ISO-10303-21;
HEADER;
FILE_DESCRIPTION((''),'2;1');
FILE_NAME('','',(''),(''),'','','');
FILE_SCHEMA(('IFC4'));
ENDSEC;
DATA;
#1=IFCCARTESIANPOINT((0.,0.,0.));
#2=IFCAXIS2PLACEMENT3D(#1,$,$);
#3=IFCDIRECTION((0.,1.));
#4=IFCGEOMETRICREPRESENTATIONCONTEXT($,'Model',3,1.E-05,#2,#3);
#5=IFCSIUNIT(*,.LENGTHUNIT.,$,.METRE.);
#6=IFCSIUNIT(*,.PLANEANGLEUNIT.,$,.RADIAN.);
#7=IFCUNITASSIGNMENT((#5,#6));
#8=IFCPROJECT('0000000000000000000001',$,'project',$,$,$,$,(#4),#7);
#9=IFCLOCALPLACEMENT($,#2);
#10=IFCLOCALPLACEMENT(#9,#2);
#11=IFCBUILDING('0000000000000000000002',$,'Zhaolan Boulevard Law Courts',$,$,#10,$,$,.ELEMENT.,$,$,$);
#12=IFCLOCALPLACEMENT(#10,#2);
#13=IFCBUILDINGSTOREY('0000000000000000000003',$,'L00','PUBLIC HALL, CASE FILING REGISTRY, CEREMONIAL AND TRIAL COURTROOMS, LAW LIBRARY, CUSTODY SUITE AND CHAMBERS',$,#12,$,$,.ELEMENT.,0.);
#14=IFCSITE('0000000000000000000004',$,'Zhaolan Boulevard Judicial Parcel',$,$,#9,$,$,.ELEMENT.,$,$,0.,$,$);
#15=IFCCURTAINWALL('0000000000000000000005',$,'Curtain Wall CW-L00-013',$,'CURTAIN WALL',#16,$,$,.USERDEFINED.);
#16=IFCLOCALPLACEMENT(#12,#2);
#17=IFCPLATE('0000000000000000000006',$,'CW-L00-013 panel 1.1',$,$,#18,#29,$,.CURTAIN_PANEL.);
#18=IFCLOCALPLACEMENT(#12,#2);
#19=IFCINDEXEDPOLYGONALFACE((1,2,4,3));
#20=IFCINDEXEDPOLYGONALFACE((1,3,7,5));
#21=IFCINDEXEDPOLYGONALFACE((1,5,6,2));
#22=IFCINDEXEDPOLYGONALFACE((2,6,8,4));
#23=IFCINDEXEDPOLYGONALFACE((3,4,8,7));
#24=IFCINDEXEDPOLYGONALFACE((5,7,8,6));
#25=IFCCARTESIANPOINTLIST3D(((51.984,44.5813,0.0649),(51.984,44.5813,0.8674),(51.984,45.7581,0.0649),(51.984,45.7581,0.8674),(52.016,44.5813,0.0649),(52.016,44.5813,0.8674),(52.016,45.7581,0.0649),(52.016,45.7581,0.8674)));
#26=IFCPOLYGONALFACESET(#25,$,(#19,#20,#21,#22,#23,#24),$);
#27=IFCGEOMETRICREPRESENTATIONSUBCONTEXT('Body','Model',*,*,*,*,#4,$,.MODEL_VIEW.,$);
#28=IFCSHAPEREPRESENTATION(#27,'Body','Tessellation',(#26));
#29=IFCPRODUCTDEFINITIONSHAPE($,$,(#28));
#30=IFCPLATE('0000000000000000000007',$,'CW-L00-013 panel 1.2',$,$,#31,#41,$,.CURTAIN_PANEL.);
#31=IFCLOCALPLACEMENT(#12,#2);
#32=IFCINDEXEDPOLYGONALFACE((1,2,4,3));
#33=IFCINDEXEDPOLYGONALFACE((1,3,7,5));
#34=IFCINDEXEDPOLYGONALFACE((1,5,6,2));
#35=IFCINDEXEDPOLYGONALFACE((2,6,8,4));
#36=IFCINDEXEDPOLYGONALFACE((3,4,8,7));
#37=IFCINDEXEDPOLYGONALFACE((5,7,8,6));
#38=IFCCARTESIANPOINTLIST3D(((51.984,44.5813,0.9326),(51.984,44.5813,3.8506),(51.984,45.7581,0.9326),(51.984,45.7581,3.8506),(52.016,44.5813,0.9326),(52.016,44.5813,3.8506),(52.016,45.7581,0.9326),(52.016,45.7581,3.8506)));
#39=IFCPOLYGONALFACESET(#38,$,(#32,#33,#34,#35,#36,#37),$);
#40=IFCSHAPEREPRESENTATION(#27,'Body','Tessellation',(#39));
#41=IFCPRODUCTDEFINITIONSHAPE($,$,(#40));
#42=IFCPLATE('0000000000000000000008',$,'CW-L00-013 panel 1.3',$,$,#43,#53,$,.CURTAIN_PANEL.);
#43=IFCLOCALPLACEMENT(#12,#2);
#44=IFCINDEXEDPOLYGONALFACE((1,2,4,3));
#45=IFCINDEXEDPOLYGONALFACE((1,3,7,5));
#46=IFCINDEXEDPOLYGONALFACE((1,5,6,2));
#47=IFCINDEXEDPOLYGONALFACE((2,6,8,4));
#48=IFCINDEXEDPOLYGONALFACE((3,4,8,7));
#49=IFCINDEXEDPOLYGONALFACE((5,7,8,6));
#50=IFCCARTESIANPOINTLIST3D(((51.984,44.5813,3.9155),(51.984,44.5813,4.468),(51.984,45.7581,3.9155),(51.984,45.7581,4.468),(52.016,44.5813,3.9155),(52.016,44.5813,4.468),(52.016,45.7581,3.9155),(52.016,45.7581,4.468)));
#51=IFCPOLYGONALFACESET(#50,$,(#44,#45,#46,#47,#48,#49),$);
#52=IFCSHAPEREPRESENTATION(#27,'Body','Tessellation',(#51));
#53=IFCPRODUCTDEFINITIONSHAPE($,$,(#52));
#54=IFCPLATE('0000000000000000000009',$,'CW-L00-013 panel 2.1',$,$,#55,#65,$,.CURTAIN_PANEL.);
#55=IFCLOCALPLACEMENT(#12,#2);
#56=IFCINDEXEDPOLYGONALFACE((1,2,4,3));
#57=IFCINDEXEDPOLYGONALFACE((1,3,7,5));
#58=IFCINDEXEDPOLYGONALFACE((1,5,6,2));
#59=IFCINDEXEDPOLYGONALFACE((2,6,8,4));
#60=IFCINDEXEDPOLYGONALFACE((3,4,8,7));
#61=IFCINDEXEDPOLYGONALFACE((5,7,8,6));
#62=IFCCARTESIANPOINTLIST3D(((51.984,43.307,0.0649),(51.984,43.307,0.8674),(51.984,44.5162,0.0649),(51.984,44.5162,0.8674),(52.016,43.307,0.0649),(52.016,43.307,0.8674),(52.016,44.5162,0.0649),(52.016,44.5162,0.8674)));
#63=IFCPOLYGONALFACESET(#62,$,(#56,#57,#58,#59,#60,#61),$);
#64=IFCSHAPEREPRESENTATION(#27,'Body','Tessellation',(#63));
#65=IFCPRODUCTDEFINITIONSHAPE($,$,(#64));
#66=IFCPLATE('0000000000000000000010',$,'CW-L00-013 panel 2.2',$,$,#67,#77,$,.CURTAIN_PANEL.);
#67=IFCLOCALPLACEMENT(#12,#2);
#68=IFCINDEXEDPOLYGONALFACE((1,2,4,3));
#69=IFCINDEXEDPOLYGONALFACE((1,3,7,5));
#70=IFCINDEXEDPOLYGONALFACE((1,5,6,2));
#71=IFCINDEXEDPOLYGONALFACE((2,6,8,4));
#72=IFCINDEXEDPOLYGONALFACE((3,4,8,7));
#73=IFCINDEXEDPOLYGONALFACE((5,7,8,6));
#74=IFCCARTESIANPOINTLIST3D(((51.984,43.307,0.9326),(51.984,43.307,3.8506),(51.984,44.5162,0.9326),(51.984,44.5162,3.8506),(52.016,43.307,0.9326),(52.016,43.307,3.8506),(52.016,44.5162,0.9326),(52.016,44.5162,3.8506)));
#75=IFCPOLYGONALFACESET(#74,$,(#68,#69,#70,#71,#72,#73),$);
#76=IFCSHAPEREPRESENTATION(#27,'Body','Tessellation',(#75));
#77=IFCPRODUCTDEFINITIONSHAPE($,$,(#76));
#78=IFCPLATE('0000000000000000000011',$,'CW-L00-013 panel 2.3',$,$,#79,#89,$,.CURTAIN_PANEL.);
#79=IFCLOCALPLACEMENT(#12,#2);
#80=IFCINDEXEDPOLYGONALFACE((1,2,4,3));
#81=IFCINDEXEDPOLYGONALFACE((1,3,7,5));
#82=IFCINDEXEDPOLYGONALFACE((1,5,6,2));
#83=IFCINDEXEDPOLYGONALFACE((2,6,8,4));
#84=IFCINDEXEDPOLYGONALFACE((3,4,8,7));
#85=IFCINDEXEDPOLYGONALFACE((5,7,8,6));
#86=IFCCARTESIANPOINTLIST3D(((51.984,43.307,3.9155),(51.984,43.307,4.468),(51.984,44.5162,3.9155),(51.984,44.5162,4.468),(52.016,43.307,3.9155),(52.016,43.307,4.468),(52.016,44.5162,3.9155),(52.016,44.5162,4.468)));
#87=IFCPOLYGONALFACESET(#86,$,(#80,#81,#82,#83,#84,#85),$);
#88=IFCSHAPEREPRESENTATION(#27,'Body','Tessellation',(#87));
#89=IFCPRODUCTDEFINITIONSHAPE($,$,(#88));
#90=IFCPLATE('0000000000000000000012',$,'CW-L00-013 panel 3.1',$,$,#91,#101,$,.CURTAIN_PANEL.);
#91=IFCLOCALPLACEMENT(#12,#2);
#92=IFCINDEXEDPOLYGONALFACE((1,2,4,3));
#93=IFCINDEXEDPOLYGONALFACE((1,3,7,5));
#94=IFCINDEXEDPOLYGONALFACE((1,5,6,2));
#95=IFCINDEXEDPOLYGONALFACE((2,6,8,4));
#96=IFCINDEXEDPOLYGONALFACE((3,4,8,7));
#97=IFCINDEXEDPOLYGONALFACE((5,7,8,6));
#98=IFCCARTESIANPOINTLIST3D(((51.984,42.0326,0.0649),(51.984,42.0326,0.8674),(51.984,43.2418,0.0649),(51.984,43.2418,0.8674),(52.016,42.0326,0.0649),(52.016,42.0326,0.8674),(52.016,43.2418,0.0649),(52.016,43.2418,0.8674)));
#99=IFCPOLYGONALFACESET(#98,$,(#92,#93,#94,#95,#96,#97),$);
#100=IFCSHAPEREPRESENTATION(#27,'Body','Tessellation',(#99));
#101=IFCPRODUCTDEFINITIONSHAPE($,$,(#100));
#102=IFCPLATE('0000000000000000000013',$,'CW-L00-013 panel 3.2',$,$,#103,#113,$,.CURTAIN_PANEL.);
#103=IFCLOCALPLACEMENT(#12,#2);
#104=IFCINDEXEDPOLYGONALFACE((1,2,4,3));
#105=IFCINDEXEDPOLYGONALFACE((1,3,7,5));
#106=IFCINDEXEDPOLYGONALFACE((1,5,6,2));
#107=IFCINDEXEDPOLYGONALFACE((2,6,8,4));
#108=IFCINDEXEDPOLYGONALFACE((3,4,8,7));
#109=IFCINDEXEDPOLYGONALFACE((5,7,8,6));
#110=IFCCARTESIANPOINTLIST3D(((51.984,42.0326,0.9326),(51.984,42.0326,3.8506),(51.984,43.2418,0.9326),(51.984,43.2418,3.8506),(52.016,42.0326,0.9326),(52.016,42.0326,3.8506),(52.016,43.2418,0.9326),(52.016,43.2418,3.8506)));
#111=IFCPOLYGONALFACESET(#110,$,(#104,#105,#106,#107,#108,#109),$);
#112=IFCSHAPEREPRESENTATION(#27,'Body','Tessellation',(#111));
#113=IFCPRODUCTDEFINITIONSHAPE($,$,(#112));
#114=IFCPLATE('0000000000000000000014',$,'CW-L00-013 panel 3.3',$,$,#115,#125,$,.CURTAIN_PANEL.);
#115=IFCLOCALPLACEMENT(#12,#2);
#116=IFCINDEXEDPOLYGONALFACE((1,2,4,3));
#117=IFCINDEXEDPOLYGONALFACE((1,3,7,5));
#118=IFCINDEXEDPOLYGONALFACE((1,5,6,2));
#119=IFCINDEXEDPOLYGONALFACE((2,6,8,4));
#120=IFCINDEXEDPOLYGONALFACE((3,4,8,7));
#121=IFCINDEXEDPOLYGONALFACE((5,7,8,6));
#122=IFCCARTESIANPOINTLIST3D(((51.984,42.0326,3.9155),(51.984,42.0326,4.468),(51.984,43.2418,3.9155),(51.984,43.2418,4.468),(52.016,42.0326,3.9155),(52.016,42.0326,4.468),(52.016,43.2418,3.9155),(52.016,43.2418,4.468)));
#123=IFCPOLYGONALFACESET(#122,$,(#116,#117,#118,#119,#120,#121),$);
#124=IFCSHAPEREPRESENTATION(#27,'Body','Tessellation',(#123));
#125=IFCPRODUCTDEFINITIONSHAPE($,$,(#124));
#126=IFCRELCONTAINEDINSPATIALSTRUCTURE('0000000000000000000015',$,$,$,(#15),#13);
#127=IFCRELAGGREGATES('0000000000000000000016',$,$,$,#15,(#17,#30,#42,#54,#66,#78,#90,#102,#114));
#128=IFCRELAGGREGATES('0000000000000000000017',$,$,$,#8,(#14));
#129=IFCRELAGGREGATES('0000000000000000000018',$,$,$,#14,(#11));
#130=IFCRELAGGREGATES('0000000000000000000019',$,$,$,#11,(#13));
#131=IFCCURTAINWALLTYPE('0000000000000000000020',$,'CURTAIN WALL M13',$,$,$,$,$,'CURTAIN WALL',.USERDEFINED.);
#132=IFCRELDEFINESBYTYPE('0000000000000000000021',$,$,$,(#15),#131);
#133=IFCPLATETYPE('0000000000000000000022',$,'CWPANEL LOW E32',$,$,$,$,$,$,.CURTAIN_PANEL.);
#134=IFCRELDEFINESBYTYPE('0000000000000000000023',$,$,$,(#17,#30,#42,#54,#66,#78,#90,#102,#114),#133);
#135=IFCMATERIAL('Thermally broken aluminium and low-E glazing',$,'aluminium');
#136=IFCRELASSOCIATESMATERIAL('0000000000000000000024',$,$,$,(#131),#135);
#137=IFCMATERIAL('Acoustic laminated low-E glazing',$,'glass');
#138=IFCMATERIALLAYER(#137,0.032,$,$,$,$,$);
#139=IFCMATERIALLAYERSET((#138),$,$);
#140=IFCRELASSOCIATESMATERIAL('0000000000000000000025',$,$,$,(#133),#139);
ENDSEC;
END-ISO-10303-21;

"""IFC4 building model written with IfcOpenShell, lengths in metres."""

from ifc_helpers import new_model, si_unit, direction, frame, origin, origin_2d, place, context, subcontext, project, spatial, rectangle, extrude, material, layer, layer_set, type_object, element, aggregate, save


model = new_model("IFC4")

# Units and contexts
model_context = context("Model", 3, precision=1e-05, world=origin(), true_north=direction((0.0, 1.0)))
body_context = subcontext(model_context, "Body", "Model", "MODEL_VIEW")
ifc_project = project(units=[si_unit("LENGTHUNIT", "METRE"), si_unit("PLANEANGLEUNIT", "RADIAN")], contexts=[model_context])

# Site, building, storey
site_placement = place(None, origin())
site = spatial("IfcSite", under=ifc_project, at=site_placement, Name="Zhaolan Boulevard Judicial Parcel", CompositionType="ELEMENT", RefElevation=0.0)
building_placement = place(site_placement, origin())
building = spatial("IfcBuilding", under=site, at=building_placement, Name="Zhaolan Boulevard Law Courts", CompositionType="ELEMENT")
storey_placement = place(building_placement, origin())
storey = spatial("IfcBuildingStorey", under=building, at=storey_placement, Name="L00", Description="PUBLIC HALL, CASE FILING REGISTRY, CEREMONIAL AND TRIAL COURTROOMS, LAW LIBRARY, CUSTODY SUITE AND CHAMBERS", CompositionType="ELEMENT", Elevation=0.0)

# Curtain wall, plates
ifc_material_1 = material(Name="Thermally broken aluminium and low-E glazing", Category="aluminium")
curtain_wall_type = type_object("IfcCurtainWallType", Name="CURTAIN WALL M13", ElementType="CURTAIN WALL", PredefinedType="USERDEFINED", material=ifc_material_1)
curtain_wall_placement = place(storey_placement, origin())
curtain_wall = element("IfcCurtainWall", 1, at=curtain_wall_placement, inside=storey, type_object=curtain_wall_type, Name="Curtain Wall CW-L00-013", ObjectType="CURTAIN WALL", PredefinedType="USERDEFINED")
ifc_material_2 = material(Name="Acoustic laminated low-E glazing", Category="glass")
ifc_layer = layer(ifc_material_2, 0.032)
ifc_layer_set = layer_set([ifc_layer])
plate_type = type_object("IfcPlateType", Name="CWPANEL LOW E32", PredefinedType="CURTAIN_PANEL", material=ifc_layer_set)
plate_1_placement = place(storey_placement, frame((52.0, 45.1697, 0.0649), z_axis=(0.0, 0.0, 1.0), x_axis=(0.0, -1.0, 0.0)))
plate_1 = element("IfcPlate", 2, at=plate_1_placement, type_object=plate_type, Name="CW-L00-013 panel 1.1", PredefinedType="CURTAIN_PANEL", context=body_context, shape_type="SweptSolid", body=[
    extrude(rectangle(XDim=1.1768, YDim=0.032, at=origin_2d()), origin(), (0.0, 0.0, 1.0), 0.8025),
])
plate_2_placement = place(storey_placement, frame((52.0, 45.1697, 0.9326), z_axis=(0.0, 0.0, 1.0), x_axis=(0.0, -1.0, 0.0)))
plate_2 = element("IfcPlate", 3, at=plate_2_placement, type_object=plate_type, Name="CW-L00-013 panel 1.2", PredefinedType="CURTAIN_PANEL", context=body_context, shape_type="SweptSolid", body=[
    extrude(rectangle(XDim=1.1768, YDim=0.032, at=origin_2d()), origin(), (0.0, 0.0, 1.0), 2.918),
])
plate_3_placement = place(storey_placement, frame((52.0, 45.1697, 3.9155), z_axis=(0.0, 0.0, 1.0), x_axis=(0.0, -1.0, 0.0)))
plate_3 = element("IfcPlate", 4, at=plate_3_placement, type_object=plate_type, Name="CW-L00-013 panel 1.3", PredefinedType="CURTAIN_PANEL", context=body_context, shape_type="SweptSolid", body=[
    extrude(rectangle(XDim=1.1768, YDim=0.032, at=origin_2d()), origin(), (0.0, 0.0, 1.0), 0.5525),
])
plate_4_placement = place(storey_placement, frame((52.0, 43.9116, 0.0649), z_axis=(0.0, 0.0, 1.0), x_axis=(0.0, -1.0, 0.0)))
plate_4 = element("IfcPlate", 5, at=plate_4_placement, type_object=plate_type, Name="CW-L00-013 panel 2.1", PredefinedType="CURTAIN_PANEL", context=body_context, shape_type="SweptSolid", body=[
    extrude(rectangle(XDim=1.2092, YDim=0.032, at=origin_2d()), origin(), (0.0, 0.0, 1.0), 0.8025),
])
plate_5_placement = place(storey_placement, frame((52.0, 43.9116, 0.9326), z_axis=(0.0, 0.0, 1.0), x_axis=(0.0, -1.0, 0.0)))
plate_5 = element("IfcPlate", 6, at=plate_5_placement, type_object=plate_type, Name="CW-L00-013 panel 2.2", PredefinedType="CURTAIN_PANEL", context=body_context, shape_type="SweptSolid", body=[
    extrude(rectangle(XDim=1.2092, YDim=0.032, at=origin_2d()), origin(), (0.0, 0.0, 1.0), 2.918),
])
plate_6_placement = place(storey_placement, frame((52.0, 43.9116, 3.9155), z_axis=(0.0, 0.0, 1.0), x_axis=(0.0, -1.0, 0.0)))
plate_6 = element("IfcPlate", 7, at=plate_6_placement, type_object=plate_type, Name="CW-L00-013 panel 2.3", PredefinedType="CURTAIN_PANEL", context=body_context, shape_type="SweptSolid", body=[
    extrude(rectangle(XDim=1.2092, YDim=0.032, at=origin_2d()), origin(), (0.0, 0.0, 1.0), 0.5525),
])
plate_7_placement = place(storey_placement, frame((52.0, 42.6372, 0.0649), z_axis=(0.0, 0.0, 1.0), x_axis=(0.0, -1.0, 0.0)))
plate_7 = element("IfcPlate", 8, at=plate_7_placement, type_object=plate_type, Name="CW-L00-013 panel 3.1", PredefinedType="CURTAIN_PANEL", context=body_context, shape_type="SweptSolid", body=[
    extrude(rectangle(XDim=1.2092, YDim=0.032, at=origin_2d()), origin(), (0.0, 0.0, 1.0), 0.8025),
])
plate_8_placement = place(storey_placement, frame((52.0, 42.6372, 0.9326), z_axis=(0.0, 0.0, 1.0), x_axis=(0.0, -1.0, 0.0)))
plate_8 = element("IfcPlate", 9, at=plate_8_placement, type_object=plate_type, Name="CW-L00-013 panel 3.2", PredefinedType="CURTAIN_PANEL", context=body_context, shape_type="SweptSolid", body=[
    extrude(rectangle(XDim=1.2092, YDim=0.032, at=origin_2d()), origin(), (0.0, 0.0, 1.0), 2.918),
])
plate_9_placement = place(storey_placement, frame((52.0, 42.6372, 3.9155), z_axis=(0.0, 0.0, 1.0), x_axis=(0.0, -1.0, 0.0)))
plate_9 = element("IfcPlate", 10, at=plate_9_placement, type_object=plate_type, Name="CW-L00-013 panel 3.3", PredefinedType="CURTAIN_PANEL", context=body_context, shape_type="SweptSolid", body=[
    extrude(rectangle(XDim=1.2092, YDim=0.032, at=origin_2d()), origin(), (0.0, 0.0, 1.0), 0.5525),
])
aggregate(curtain_wall, [plate_1, plate_2, plate_3, plate_4, plate_5, plate_6, plate_7, plate_8, plate_9])

save(model, "model.ifc")
